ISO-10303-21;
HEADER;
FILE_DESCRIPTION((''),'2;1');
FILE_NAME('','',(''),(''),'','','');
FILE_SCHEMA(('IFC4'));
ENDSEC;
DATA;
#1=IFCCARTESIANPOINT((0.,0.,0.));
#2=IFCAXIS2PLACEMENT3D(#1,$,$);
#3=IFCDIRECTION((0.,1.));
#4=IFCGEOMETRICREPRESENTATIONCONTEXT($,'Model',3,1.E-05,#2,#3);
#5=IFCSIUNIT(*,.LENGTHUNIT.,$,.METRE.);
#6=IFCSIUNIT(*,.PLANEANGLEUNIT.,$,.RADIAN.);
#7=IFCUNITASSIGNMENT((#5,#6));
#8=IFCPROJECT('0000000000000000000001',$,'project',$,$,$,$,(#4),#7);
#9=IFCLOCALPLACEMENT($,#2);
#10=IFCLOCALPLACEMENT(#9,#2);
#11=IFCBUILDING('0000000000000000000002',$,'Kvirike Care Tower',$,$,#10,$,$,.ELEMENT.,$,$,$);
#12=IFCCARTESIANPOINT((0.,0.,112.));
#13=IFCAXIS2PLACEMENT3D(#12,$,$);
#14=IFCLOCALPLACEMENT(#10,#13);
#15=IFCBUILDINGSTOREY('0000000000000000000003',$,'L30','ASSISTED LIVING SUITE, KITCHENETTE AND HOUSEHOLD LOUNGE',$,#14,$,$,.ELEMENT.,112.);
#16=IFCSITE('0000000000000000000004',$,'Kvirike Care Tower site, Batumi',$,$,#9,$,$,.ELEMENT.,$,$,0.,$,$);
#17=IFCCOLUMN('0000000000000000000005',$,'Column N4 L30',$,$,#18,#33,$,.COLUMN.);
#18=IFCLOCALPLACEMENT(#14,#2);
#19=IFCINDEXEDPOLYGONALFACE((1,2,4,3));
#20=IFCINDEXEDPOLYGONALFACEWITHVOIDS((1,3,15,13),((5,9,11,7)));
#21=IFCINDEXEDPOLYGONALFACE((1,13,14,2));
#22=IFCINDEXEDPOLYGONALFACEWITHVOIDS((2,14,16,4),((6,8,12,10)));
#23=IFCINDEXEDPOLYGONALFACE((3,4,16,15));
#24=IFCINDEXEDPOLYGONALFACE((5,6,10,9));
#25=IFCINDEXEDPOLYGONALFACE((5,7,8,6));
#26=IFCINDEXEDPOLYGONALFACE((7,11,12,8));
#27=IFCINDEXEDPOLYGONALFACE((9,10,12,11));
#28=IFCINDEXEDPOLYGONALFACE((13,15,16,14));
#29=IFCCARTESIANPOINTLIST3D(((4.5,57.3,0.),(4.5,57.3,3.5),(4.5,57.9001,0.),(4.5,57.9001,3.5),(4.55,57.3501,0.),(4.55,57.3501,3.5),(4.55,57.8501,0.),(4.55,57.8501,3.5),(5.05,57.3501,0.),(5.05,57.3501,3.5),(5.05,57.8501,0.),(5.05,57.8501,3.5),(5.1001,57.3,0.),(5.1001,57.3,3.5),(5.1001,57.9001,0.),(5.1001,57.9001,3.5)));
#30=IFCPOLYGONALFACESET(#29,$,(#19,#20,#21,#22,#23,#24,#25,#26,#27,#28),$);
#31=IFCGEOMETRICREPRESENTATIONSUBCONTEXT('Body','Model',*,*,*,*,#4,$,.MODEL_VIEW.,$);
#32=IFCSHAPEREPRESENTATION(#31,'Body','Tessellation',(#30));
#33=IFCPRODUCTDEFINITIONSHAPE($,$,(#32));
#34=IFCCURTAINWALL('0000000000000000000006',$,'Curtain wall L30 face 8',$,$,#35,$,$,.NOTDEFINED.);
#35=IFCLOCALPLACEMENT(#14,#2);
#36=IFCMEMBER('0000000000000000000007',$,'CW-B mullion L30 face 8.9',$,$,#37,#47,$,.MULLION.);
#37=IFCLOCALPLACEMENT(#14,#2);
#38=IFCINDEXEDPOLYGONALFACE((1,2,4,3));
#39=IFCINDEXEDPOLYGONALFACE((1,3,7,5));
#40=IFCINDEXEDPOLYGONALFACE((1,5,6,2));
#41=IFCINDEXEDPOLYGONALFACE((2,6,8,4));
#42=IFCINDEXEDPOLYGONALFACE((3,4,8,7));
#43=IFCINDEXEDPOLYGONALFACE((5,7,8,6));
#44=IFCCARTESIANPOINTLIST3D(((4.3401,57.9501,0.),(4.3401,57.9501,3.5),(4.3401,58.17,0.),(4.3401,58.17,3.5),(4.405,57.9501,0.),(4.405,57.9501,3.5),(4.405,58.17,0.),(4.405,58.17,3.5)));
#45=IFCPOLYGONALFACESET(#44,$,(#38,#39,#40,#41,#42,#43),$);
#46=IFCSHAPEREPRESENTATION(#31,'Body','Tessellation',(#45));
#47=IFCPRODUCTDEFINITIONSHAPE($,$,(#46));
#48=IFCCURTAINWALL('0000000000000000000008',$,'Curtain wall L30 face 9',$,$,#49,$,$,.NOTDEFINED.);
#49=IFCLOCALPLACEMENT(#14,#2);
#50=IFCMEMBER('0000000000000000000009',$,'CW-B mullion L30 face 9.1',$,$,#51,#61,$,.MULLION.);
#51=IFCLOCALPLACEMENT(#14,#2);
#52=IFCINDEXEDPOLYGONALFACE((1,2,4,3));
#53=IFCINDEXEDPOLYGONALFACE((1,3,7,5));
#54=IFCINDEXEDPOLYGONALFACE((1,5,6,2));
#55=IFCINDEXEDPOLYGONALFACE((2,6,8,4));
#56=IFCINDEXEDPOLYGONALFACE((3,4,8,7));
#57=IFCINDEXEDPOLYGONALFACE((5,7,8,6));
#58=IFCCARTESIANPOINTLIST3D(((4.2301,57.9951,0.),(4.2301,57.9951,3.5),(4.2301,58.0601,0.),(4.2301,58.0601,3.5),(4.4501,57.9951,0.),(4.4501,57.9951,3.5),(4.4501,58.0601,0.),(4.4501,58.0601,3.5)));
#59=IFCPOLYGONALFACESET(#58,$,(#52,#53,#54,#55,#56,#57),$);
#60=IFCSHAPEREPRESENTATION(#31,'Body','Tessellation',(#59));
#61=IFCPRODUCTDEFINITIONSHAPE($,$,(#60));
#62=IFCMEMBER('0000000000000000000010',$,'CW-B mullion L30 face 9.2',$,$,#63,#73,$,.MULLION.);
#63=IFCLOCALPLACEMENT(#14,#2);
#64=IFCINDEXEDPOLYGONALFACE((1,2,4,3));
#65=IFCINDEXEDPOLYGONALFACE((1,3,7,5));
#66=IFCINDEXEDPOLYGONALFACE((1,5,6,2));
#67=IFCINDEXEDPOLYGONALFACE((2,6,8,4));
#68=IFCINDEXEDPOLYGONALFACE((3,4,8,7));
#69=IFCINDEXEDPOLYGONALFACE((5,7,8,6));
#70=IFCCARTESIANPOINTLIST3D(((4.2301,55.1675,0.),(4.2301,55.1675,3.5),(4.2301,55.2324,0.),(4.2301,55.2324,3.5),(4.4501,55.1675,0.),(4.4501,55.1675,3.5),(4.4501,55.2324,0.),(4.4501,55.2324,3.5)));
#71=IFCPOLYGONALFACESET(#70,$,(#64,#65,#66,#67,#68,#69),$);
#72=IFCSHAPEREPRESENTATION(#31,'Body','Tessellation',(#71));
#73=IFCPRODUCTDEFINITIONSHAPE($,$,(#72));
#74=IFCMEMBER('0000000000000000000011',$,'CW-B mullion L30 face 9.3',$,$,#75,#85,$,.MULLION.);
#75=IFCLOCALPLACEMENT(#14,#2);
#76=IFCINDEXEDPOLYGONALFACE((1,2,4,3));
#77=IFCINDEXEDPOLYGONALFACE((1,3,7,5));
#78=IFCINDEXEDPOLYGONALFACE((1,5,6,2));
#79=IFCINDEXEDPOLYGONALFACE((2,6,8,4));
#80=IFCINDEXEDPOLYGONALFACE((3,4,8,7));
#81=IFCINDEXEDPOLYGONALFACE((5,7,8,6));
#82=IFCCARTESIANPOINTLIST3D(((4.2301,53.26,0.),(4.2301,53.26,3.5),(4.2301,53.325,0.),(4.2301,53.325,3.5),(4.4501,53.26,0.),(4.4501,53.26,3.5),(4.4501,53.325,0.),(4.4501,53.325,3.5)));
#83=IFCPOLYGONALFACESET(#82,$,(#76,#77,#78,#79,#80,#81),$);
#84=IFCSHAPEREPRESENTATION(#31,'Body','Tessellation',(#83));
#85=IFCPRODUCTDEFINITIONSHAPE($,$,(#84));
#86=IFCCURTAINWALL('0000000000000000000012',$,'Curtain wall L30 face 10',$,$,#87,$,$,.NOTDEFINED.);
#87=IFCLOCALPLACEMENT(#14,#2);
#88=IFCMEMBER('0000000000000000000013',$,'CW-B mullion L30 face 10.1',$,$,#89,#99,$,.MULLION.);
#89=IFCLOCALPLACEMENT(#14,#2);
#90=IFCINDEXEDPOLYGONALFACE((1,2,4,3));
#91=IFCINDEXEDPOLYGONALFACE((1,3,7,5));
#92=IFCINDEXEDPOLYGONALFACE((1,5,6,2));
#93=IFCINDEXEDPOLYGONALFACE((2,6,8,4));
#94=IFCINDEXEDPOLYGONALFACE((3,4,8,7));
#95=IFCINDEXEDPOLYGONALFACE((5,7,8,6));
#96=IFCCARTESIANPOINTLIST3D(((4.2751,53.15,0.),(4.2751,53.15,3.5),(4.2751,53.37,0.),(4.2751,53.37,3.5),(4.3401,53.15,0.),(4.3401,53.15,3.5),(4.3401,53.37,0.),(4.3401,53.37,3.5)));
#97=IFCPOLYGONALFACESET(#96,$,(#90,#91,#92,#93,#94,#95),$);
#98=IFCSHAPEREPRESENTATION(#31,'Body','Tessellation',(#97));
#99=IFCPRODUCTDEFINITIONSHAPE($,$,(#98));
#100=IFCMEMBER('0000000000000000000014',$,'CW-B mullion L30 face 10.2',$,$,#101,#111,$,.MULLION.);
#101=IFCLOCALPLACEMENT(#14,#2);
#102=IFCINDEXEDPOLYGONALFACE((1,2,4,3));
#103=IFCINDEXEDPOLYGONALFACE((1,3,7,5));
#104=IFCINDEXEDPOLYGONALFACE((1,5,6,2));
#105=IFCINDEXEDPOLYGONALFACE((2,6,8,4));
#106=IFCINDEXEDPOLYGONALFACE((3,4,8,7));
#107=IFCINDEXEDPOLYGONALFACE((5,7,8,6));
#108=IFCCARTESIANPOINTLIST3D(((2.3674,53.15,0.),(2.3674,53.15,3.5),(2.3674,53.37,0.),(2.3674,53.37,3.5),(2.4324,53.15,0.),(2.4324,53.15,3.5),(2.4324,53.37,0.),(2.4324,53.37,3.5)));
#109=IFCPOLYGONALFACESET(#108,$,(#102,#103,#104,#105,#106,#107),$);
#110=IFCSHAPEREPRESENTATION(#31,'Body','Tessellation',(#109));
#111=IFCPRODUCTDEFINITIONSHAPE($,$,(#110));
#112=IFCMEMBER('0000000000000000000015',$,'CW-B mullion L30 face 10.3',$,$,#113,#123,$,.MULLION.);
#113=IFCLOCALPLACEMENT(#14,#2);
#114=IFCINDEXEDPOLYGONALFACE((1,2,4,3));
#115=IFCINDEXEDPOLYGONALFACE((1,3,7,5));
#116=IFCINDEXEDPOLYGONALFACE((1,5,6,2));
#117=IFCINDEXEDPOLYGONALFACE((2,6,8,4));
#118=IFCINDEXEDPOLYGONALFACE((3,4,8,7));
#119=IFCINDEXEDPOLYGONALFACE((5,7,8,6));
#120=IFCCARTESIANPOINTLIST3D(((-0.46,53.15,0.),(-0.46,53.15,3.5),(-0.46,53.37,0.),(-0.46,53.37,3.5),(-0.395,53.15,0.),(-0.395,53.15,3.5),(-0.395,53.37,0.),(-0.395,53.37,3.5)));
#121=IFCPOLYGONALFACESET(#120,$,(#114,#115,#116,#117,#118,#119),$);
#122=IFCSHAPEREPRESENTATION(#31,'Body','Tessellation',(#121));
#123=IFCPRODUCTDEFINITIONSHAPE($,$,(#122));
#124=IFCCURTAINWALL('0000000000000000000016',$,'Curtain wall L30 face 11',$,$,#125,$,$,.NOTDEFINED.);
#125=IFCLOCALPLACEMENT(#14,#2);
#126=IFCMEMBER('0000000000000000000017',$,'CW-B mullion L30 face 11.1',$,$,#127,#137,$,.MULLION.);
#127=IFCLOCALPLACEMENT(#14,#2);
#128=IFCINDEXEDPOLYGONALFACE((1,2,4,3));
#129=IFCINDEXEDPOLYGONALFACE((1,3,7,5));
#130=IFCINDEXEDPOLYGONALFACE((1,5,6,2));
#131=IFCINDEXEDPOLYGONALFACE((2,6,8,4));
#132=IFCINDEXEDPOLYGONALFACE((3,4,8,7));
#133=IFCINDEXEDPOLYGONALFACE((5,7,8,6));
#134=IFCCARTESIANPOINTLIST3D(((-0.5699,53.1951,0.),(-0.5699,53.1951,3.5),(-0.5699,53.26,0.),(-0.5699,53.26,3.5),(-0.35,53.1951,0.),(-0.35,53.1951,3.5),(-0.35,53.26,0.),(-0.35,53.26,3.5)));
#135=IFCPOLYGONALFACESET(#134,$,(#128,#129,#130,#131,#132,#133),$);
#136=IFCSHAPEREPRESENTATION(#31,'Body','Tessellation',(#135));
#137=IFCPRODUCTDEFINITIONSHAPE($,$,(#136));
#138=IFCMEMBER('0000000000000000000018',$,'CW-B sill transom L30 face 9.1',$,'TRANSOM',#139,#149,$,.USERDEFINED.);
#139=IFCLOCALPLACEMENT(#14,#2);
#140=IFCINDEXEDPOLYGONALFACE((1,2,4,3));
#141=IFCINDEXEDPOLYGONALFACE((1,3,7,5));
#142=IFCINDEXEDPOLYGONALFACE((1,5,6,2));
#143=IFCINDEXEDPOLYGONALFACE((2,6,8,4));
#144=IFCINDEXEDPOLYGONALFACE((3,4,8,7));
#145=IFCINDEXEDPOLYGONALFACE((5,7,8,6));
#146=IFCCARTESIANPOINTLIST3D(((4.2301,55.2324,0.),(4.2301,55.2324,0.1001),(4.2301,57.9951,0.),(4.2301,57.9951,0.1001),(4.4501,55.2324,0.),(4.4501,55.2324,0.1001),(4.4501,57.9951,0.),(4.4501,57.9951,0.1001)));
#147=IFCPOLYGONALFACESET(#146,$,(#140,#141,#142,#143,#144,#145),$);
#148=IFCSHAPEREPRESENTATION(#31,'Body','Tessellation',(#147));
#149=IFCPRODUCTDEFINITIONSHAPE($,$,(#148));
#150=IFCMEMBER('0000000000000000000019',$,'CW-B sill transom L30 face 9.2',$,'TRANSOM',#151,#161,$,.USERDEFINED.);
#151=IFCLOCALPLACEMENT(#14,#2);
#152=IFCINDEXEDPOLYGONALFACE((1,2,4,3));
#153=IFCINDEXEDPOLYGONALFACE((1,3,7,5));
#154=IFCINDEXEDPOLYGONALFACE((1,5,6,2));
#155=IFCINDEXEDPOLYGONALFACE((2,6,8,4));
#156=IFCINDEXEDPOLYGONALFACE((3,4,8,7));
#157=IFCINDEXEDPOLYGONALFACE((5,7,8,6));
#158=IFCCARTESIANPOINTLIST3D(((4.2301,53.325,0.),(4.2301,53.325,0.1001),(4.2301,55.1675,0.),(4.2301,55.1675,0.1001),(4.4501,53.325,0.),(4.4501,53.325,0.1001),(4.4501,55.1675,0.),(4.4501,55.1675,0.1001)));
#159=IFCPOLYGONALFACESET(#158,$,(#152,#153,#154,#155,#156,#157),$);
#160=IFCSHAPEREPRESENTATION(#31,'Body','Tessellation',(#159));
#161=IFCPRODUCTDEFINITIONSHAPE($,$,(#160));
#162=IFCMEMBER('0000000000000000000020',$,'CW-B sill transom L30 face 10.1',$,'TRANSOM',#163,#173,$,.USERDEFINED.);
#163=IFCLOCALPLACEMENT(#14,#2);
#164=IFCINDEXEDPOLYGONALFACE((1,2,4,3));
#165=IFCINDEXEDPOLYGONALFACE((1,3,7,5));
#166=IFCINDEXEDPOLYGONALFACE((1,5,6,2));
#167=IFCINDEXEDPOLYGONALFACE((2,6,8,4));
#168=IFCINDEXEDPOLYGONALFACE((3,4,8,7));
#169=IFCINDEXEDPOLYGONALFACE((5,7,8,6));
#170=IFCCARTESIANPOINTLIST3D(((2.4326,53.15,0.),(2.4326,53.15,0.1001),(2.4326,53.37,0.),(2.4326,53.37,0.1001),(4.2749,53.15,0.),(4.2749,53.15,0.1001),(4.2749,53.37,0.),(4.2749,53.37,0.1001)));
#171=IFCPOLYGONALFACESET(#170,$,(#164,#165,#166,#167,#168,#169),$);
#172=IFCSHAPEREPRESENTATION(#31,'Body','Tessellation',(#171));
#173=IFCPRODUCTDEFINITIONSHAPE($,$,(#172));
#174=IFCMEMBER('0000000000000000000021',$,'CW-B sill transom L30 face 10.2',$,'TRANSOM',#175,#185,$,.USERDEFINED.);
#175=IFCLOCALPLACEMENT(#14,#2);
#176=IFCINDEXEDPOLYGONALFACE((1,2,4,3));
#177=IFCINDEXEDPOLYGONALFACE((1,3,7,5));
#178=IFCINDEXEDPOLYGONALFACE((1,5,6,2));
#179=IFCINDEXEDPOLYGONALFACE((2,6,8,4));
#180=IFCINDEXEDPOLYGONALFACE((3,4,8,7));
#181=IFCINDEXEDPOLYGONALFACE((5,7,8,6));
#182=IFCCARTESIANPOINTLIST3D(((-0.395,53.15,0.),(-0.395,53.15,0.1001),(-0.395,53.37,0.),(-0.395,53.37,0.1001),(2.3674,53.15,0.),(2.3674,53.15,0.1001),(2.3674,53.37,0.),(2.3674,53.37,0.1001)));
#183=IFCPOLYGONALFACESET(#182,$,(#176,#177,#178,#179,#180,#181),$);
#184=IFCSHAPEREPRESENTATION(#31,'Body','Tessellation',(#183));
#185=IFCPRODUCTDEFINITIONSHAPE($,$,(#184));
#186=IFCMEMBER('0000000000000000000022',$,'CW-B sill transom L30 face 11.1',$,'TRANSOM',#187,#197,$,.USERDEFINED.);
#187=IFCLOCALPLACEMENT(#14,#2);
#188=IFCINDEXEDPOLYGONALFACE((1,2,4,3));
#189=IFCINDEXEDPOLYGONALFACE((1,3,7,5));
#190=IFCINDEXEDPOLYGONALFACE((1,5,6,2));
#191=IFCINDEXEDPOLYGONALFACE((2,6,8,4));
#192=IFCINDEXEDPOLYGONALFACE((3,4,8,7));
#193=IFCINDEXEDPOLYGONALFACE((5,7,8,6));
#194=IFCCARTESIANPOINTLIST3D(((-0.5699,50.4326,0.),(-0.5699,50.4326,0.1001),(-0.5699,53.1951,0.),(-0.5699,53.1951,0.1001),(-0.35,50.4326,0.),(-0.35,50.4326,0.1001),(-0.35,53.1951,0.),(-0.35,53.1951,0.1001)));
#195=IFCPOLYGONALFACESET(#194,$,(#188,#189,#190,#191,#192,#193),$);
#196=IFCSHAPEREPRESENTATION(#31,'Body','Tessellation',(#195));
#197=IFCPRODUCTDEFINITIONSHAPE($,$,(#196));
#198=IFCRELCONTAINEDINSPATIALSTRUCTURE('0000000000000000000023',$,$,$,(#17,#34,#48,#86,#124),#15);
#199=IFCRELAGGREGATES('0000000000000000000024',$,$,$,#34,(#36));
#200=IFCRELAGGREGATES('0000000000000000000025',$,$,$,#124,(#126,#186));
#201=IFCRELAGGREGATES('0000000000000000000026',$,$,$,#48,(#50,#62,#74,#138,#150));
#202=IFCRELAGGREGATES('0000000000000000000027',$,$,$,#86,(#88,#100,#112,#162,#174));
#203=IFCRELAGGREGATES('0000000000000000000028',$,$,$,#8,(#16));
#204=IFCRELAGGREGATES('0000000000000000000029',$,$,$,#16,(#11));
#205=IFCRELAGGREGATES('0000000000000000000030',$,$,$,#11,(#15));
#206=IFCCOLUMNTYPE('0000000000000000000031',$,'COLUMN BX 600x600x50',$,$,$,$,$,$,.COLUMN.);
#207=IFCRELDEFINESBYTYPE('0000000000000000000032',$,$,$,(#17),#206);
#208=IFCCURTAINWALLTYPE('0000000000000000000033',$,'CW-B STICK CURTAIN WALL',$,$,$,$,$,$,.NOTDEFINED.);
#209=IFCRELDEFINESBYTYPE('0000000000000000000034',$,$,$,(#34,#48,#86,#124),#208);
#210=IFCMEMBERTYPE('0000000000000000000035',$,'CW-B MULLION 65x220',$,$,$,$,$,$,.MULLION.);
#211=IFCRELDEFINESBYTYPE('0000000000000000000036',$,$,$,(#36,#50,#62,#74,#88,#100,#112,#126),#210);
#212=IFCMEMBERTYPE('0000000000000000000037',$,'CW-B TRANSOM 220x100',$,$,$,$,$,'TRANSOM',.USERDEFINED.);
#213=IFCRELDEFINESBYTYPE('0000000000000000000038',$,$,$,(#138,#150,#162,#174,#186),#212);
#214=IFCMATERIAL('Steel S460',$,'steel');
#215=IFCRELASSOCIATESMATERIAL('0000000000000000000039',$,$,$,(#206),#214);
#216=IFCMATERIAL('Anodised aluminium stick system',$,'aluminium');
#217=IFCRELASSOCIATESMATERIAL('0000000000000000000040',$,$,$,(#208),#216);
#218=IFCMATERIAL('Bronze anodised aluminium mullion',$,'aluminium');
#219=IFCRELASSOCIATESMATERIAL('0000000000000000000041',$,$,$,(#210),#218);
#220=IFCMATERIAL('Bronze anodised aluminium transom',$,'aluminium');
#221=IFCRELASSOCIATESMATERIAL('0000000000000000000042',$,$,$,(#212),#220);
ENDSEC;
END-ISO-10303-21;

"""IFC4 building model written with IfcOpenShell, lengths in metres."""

from ifc_helpers import new_model, si_unit, direction, frame, origin, origin_2d, place, context, subcontext, project, spatial, rectangle, hollow_rectangle, extrude, material, material_profile, profile_set, type_object, element, aggregate, save


model = new_model("IFC4")

# Units and contexts
model_context = context("Model", 3, precision=1e-05, world=origin(), true_north=direction((0.0, 1.0)))
body_context = subcontext(model_context, "Body", "Model", "MODEL_VIEW")
ifc_project = project(units=[si_unit("LENGTHUNIT", "METRE"), si_unit("PLANEANGLEUNIT", "RADIAN")], contexts=[model_context])

# Site, building, storey
site_placement = place(None, origin())
site = spatial("IfcSite", under=ifc_project, at=site_placement, Name="Kvirike Care Tower site, Batumi", CompositionType="ELEMENT", RefElevation=0.0)
building_placement = place(site_placement, origin())
building = spatial("IfcBuilding", under=site, at=building_placement, Name="Kvirike Care Tower", CompositionType="ELEMENT")
storey_placement = place(building_placement, frame((0.0, 0.0, 112.0)))
storey = spatial("IfcBuildingStorey", under=building, at=storey_placement, Name="L30", Description="ASSISTED LIVING SUITE, KITCHENETTE AND HOUSEHOLD LOUNGE", CompositionType="ELEMENT", Elevation=112.0)

# Column
ifc_material_1 = material(Name="Steel S460", Category="steel")
ifc_material_profile_1 = material_profile(ifc_material_1, hollow_rectangle(XDim=0.6001, YDim=0.6001, WallThickness=0.05, at=origin_2d()), Name="BX 600x600x50")
ifc_profile_set_1 = profile_set([ifc_material_profile_1], Name="Steel S460")
column_type = type_object("IfcColumnType", Name="COLUMN BX 600x600x50", PredefinedType="COLUMN", material=ifc_profile_set_1)
column_placement = place(storey_placement, frame((4.8, 57.6001, 0.0), z_axis=(0.0, 0.0, 1.0), x_axis=(0.0, 1.0, 0.0)))
element("IfcColumn", 1, at=column_placement, inside=storey, type_object=column_type, Name="Column N4 L30", PredefinedType="COLUMN", context=body_context, shape_type="SweptSolid", body=[
    extrude(hollow_rectangle(XDim=0.6001, YDim=0.6001, WallThickness=0.05, at=origin_2d()), origin(), (0.0, 0.0, 1.0), 3.5),
])

# Curtain wall, member
ifc_material_2 = material(Name="Anodised aluminium stick system", Category="aluminium")
curtain_wall_type = type_object("IfcCurtainWallType", Name="CW-B STICK CURTAIN WALL", PredefinedType="NOTDEFINED", material=ifc_material_2)
curtain_wall_1_placement = place(storey_placement, origin())
curtain_wall_1 = element("IfcCurtainWall", 2, at=curtain_wall_1_placement, inside=storey, type_object=curtain_wall_type, Name="Curtain wall L30 face 8", PredefinedType="NOTDEFINED")
ifc_material_3 = material(Name="Bronze anodised aluminium mullion", Category="aluminium")
ifc_material_profile_2 = material_profile(ifc_material_3, rectangle(XDim=0.0649, YDim=0.22, at=origin_2d()), Name="CW-B MULLION 65x220")
ifc_profile_set_2 = profile_set([ifc_material_profile_2], Name="Bronze anodised aluminium mullion")
member_type_1 = type_object("IfcMemberType", Name="CW-B MULLION 65x220", PredefinedType="MULLION", material=ifc_profile_set_2)
member_1_placement = place(storey_placement, frame((4.3726, 58.0601, 0.0), z_axis=(0.0, 0.0, 1.0), x_axis=(-1.0, 0.0, 0.0)))
member_1 = element("IfcMember", 3, at=member_1_placement, type_object=member_type_1, Name="CW-B mullion L30 face 8.9", PredefinedType="MULLION", context=body_context, shape_type="SweptSolid", body=[
    extrude(rectangle(XDim=0.0649, YDim=0.22, at=origin_2d()), origin(), (0.0, 0.0, 1.0), 3.5),
])
aggregate(curtain_wall_1, [member_1])

# Curtain walls, members
curtain_wall_2_placement = place(storey_placement, origin())
curtain_wall_2 = element("IfcCurtainWall", 4, at=curtain_wall_2_placement, inside=storey, type_object=curtain_wall_type, Name="Curtain wall L30 face 9", PredefinedType="NOTDEFINED")
member_2_placement = place(storey_placement, frame((4.3401, 58.0276, 0.0), z_axis=(0.0, 0.0, 1.0), x_axis=(0.0, -1.0, 0.0)))
member_2 = element("IfcMember", 5, at=member_2_placement, type_object=member_type_1, Name="CW-B mullion L30 face 9.1", PredefinedType="MULLION", context=body_context, shape_type="SweptSolid", body=[
    extrude(rectangle(XDim=0.0649, YDim=0.22, at=origin_2d()), origin(), (0.0, 0.0, 1.0), 3.5),
])
member_3_placement = place(storey_placement, frame((4.3401, 55.2, 0.0), z_axis=(0.0, 0.0, 1.0), x_axis=(0.0, -1.0, 0.0)))
member_3 = element("IfcMember", 6, at=member_3_placement, type_object=member_type_1, Name="CW-B mullion L30 face 9.2", PredefinedType="MULLION", context=body_context, shape_type="SweptSolid", body=[
    extrude(rectangle(XDim=0.0649, YDim=0.22, at=origin_2d()), origin(), (0.0, 0.0, 1.0), 3.5),
])
member_4_placement = place(storey_placement, frame((4.3401, 53.2925, 0.0), z_axis=(0.0, 0.0, 1.0), x_axis=(0.0, -1.0, 0.0)))
member_4 = element("IfcMember", 7, at=member_4_placement, type_object=member_type_1, Name="CW-B mullion L30 face 9.3", PredefinedType="MULLION", context=body_context, shape_type="SweptSolid", body=[
    extrude(rectangle(XDim=0.0649, YDim=0.22, at=origin_2d()), origin(), (0.0, 0.0, 1.0), 3.5),
])
curtain_wall_3_placement = place(storey_placement, origin())
curtain_wall_3 = element("IfcCurtainWall", 8, at=curtain_wall_3_placement, inside=storey, type_object=curtain_wall_type, Name="Curtain wall L30 face 10", PredefinedType="NOTDEFINED")
member_5_placement = place(storey_placement, frame((4.3076, 53.26, 0.0), z_axis=(0.0, 0.0, 1.0), x_axis=(-1.0, 0.0, 0.0)))
member_5 = element("IfcMember", 9, at=member_5_placement, type_object=member_type_1, Name="CW-B mullion L30 face 10.1", PredefinedType="MULLION", context=body_context, shape_type="SweptSolid", body=[
    extrude(rectangle(XDim=0.0649, YDim=0.22, at=origin_2d()), origin(), (0.0, 0.0, 1.0), 3.5),
])
member_6_placement = place(storey_placement, frame((2.3999, 53.26, 0.0), z_axis=(0.0, 0.0, 1.0), x_axis=(-1.0, 0.0, 0.0)))
member_6 = element("IfcMember", 10, at=member_6_placement, type_object=member_type_1, Name="CW-B mullion L30 face 10.2", PredefinedType="MULLION", context=body_context, shape_type="SweptSolid", body=[
    extrude(rectangle(XDim=0.0649, YDim=0.22, at=origin_2d()), origin(), (0.0, 0.0, 1.0), 3.5),
])
member_7_placement = place(storey_placement, frame((-0.4275, 53.26, 0.0), z_axis=(0.0, 0.0, 1.0), x_axis=(-1.0, 0.0, 0.0)))
member_7 = element("IfcMember", 11, at=member_7_placement, type_object=member_type_1, Name="CW-B mullion L30 face 10.3", PredefinedType="MULLION", context=body_context, shape_type="SweptSolid", body=[
    extrude(rectangle(XDim=0.0649, YDim=0.22, at=origin_2d()), origin(), (0.0, 0.0, 1.0), 3.5),
])

# Curtain wall, member
curtain_wall_4_placement = place(storey_placement, origin())
curtain_wall_4 = element("IfcCurtainWall", 12, at=curtain_wall_4_placement, inside=storey, type_object=curtain_wall_type, Name="Curtain wall L30 face 11", PredefinedType="NOTDEFINED")
member_8_placement = place(storey_placement, frame((-0.46, 53.2275, 0.0), z_axis=(0.0, 0.0, 1.0), x_axis=(0.0, -1.0, 0.0)))
member_8 = element("IfcMember", 13, at=member_8_placement, type_object=member_type_1, Name="CW-B mullion L30 face 11.1", PredefinedType="MULLION", context=body_context, shape_type="SweptSolid", body=[
    extrude(rectangle(XDim=0.0649, YDim=0.22, at=origin_2d()), origin(), (0.0, 0.0, 1.0), 3.5),
])

# Members
ifc_material_4 = material(Name="Bronze anodised aluminium transom", Category="aluminium")
ifc_material_profile_3 = material_profile(ifc_material_4, rectangle(XDim=0.22, YDim=0.1001, at=origin_2d()), Name="CW-B TRANSOM 220x100")
ifc_profile_set_3 = profile_set([ifc_material_profile_3], Name="Bronze anodised aluminium transom")
member_type_2 = type_object("IfcMemberType", Name="CW-B TRANSOM 220x100", ElementType="TRANSOM", PredefinedType="USERDEFINED", material=ifc_profile_set_3)
member_9_placement = place(storey_placement, frame((4.3401, 57.9951, 0.05), z_axis=(0.0, -1.0, 0.0), x_axis=(1.0, 0.0, 0.0)))
member_9 = element("IfcMember", 14, at=member_9_placement, type_object=member_type_2, Name="CW-B sill transom L30 face 9.1", ObjectType="TRANSOM", PredefinedType="USERDEFINED", context=body_context, shape_type="SweptSolid", body=[
    extrude(rectangle(XDim=0.22, YDim=0.1001, at=origin_2d()), origin(), (0.0, 0.0, 1.0), 2.7627),
])
member_10_placement = place(storey_placement, frame((4.3401, 55.1675, 0.05), z_axis=(0.0, -1.0, 0.0), x_axis=(1.0, 0.0, 0.0)))
member_10 = element("IfcMember", 15, at=member_10_placement, type_object=member_type_2, Name="CW-B sill transom L30 face 9.2", ObjectType="TRANSOM", PredefinedType="USERDEFINED", context=body_context, shape_type="SweptSolid", body=[
    extrude(rectangle(XDim=0.22, YDim=0.1001, at=origin_2d()), origin(), (0.0, 0.0, 1.0), 1.8425),
])
member_11_placement = place(storey_placement, frame((4.2749, 53.26, 0.05), z_axis=(-1.0, 0.0, 0.0), x_axis=(0.0, -1.0, 0.0)))
member_11 = element("IfcMember", 16, at=member_11_placement, type_object=member_type_2, Name="CW-B sill transom L30 face 10.1", ObjectType="TRANSOM", PredefinedType="USERDEFINED", context=body_context, shape_type="SweptSolid", body=[
    extrude(rectangle(XDim=0.22, YDim=0.1001, at=origin_2d()), origin(), (0.0, 0.0, 1.0), 1.8423),
])
member_12_placement = place(storey_placement, frame((2.3674, 53.26, 0.05), z_axis=(-1.0, 0.0, 0.0), x_axis=(0.0, -1.0, 0.0)))
member_12 = element("IfcMember", 17, at=member_12_placement, type_object=member_type_2, Name="CW-B sill transom L30 face 10.2", ObjectType="TRANSOM", PredefinedType="USERDEFINED", context=body_context, shape_type="SweptSolid", body=[
    extrude(rectangle(XDim=0.22, YDim=0.1001, at=origin_2d()), origin(), (0.0, 0.0, 1.0), 2.7625),
])
member_13_placement = place(storey_placement, frame((-0.46, 53.1951, 0.05), z_axis=(0.0, -1.0, 0.0), x_axis=(1.0, 0.0, 0.0)))
member_13 = element("IfcMember", 18, at=member_13_placement, type_object=member_type_2, Name="CW-B sill transom L30 face 11.1", ObjectType="TRANSOM", PredefinedType="USERDEFINED", context=body_context, shape_type="SweptSolid", body=[
    extrude(rectangle(XDim=0.22, YDim=0.1001, at=origin_2d()), origin(), (0.0, 0.0, 1.0), 2.7625),
])
aggregate(curtain_wall_4, [member_8, member_13])

aggregate(curtain_wall_2, [member_2, member_3, member_4, member_9, member_10])
aggregate(curtain_wall_3, [member_5, member_6, member_7, member_11, member_12])

save(model, "model.ifc")
